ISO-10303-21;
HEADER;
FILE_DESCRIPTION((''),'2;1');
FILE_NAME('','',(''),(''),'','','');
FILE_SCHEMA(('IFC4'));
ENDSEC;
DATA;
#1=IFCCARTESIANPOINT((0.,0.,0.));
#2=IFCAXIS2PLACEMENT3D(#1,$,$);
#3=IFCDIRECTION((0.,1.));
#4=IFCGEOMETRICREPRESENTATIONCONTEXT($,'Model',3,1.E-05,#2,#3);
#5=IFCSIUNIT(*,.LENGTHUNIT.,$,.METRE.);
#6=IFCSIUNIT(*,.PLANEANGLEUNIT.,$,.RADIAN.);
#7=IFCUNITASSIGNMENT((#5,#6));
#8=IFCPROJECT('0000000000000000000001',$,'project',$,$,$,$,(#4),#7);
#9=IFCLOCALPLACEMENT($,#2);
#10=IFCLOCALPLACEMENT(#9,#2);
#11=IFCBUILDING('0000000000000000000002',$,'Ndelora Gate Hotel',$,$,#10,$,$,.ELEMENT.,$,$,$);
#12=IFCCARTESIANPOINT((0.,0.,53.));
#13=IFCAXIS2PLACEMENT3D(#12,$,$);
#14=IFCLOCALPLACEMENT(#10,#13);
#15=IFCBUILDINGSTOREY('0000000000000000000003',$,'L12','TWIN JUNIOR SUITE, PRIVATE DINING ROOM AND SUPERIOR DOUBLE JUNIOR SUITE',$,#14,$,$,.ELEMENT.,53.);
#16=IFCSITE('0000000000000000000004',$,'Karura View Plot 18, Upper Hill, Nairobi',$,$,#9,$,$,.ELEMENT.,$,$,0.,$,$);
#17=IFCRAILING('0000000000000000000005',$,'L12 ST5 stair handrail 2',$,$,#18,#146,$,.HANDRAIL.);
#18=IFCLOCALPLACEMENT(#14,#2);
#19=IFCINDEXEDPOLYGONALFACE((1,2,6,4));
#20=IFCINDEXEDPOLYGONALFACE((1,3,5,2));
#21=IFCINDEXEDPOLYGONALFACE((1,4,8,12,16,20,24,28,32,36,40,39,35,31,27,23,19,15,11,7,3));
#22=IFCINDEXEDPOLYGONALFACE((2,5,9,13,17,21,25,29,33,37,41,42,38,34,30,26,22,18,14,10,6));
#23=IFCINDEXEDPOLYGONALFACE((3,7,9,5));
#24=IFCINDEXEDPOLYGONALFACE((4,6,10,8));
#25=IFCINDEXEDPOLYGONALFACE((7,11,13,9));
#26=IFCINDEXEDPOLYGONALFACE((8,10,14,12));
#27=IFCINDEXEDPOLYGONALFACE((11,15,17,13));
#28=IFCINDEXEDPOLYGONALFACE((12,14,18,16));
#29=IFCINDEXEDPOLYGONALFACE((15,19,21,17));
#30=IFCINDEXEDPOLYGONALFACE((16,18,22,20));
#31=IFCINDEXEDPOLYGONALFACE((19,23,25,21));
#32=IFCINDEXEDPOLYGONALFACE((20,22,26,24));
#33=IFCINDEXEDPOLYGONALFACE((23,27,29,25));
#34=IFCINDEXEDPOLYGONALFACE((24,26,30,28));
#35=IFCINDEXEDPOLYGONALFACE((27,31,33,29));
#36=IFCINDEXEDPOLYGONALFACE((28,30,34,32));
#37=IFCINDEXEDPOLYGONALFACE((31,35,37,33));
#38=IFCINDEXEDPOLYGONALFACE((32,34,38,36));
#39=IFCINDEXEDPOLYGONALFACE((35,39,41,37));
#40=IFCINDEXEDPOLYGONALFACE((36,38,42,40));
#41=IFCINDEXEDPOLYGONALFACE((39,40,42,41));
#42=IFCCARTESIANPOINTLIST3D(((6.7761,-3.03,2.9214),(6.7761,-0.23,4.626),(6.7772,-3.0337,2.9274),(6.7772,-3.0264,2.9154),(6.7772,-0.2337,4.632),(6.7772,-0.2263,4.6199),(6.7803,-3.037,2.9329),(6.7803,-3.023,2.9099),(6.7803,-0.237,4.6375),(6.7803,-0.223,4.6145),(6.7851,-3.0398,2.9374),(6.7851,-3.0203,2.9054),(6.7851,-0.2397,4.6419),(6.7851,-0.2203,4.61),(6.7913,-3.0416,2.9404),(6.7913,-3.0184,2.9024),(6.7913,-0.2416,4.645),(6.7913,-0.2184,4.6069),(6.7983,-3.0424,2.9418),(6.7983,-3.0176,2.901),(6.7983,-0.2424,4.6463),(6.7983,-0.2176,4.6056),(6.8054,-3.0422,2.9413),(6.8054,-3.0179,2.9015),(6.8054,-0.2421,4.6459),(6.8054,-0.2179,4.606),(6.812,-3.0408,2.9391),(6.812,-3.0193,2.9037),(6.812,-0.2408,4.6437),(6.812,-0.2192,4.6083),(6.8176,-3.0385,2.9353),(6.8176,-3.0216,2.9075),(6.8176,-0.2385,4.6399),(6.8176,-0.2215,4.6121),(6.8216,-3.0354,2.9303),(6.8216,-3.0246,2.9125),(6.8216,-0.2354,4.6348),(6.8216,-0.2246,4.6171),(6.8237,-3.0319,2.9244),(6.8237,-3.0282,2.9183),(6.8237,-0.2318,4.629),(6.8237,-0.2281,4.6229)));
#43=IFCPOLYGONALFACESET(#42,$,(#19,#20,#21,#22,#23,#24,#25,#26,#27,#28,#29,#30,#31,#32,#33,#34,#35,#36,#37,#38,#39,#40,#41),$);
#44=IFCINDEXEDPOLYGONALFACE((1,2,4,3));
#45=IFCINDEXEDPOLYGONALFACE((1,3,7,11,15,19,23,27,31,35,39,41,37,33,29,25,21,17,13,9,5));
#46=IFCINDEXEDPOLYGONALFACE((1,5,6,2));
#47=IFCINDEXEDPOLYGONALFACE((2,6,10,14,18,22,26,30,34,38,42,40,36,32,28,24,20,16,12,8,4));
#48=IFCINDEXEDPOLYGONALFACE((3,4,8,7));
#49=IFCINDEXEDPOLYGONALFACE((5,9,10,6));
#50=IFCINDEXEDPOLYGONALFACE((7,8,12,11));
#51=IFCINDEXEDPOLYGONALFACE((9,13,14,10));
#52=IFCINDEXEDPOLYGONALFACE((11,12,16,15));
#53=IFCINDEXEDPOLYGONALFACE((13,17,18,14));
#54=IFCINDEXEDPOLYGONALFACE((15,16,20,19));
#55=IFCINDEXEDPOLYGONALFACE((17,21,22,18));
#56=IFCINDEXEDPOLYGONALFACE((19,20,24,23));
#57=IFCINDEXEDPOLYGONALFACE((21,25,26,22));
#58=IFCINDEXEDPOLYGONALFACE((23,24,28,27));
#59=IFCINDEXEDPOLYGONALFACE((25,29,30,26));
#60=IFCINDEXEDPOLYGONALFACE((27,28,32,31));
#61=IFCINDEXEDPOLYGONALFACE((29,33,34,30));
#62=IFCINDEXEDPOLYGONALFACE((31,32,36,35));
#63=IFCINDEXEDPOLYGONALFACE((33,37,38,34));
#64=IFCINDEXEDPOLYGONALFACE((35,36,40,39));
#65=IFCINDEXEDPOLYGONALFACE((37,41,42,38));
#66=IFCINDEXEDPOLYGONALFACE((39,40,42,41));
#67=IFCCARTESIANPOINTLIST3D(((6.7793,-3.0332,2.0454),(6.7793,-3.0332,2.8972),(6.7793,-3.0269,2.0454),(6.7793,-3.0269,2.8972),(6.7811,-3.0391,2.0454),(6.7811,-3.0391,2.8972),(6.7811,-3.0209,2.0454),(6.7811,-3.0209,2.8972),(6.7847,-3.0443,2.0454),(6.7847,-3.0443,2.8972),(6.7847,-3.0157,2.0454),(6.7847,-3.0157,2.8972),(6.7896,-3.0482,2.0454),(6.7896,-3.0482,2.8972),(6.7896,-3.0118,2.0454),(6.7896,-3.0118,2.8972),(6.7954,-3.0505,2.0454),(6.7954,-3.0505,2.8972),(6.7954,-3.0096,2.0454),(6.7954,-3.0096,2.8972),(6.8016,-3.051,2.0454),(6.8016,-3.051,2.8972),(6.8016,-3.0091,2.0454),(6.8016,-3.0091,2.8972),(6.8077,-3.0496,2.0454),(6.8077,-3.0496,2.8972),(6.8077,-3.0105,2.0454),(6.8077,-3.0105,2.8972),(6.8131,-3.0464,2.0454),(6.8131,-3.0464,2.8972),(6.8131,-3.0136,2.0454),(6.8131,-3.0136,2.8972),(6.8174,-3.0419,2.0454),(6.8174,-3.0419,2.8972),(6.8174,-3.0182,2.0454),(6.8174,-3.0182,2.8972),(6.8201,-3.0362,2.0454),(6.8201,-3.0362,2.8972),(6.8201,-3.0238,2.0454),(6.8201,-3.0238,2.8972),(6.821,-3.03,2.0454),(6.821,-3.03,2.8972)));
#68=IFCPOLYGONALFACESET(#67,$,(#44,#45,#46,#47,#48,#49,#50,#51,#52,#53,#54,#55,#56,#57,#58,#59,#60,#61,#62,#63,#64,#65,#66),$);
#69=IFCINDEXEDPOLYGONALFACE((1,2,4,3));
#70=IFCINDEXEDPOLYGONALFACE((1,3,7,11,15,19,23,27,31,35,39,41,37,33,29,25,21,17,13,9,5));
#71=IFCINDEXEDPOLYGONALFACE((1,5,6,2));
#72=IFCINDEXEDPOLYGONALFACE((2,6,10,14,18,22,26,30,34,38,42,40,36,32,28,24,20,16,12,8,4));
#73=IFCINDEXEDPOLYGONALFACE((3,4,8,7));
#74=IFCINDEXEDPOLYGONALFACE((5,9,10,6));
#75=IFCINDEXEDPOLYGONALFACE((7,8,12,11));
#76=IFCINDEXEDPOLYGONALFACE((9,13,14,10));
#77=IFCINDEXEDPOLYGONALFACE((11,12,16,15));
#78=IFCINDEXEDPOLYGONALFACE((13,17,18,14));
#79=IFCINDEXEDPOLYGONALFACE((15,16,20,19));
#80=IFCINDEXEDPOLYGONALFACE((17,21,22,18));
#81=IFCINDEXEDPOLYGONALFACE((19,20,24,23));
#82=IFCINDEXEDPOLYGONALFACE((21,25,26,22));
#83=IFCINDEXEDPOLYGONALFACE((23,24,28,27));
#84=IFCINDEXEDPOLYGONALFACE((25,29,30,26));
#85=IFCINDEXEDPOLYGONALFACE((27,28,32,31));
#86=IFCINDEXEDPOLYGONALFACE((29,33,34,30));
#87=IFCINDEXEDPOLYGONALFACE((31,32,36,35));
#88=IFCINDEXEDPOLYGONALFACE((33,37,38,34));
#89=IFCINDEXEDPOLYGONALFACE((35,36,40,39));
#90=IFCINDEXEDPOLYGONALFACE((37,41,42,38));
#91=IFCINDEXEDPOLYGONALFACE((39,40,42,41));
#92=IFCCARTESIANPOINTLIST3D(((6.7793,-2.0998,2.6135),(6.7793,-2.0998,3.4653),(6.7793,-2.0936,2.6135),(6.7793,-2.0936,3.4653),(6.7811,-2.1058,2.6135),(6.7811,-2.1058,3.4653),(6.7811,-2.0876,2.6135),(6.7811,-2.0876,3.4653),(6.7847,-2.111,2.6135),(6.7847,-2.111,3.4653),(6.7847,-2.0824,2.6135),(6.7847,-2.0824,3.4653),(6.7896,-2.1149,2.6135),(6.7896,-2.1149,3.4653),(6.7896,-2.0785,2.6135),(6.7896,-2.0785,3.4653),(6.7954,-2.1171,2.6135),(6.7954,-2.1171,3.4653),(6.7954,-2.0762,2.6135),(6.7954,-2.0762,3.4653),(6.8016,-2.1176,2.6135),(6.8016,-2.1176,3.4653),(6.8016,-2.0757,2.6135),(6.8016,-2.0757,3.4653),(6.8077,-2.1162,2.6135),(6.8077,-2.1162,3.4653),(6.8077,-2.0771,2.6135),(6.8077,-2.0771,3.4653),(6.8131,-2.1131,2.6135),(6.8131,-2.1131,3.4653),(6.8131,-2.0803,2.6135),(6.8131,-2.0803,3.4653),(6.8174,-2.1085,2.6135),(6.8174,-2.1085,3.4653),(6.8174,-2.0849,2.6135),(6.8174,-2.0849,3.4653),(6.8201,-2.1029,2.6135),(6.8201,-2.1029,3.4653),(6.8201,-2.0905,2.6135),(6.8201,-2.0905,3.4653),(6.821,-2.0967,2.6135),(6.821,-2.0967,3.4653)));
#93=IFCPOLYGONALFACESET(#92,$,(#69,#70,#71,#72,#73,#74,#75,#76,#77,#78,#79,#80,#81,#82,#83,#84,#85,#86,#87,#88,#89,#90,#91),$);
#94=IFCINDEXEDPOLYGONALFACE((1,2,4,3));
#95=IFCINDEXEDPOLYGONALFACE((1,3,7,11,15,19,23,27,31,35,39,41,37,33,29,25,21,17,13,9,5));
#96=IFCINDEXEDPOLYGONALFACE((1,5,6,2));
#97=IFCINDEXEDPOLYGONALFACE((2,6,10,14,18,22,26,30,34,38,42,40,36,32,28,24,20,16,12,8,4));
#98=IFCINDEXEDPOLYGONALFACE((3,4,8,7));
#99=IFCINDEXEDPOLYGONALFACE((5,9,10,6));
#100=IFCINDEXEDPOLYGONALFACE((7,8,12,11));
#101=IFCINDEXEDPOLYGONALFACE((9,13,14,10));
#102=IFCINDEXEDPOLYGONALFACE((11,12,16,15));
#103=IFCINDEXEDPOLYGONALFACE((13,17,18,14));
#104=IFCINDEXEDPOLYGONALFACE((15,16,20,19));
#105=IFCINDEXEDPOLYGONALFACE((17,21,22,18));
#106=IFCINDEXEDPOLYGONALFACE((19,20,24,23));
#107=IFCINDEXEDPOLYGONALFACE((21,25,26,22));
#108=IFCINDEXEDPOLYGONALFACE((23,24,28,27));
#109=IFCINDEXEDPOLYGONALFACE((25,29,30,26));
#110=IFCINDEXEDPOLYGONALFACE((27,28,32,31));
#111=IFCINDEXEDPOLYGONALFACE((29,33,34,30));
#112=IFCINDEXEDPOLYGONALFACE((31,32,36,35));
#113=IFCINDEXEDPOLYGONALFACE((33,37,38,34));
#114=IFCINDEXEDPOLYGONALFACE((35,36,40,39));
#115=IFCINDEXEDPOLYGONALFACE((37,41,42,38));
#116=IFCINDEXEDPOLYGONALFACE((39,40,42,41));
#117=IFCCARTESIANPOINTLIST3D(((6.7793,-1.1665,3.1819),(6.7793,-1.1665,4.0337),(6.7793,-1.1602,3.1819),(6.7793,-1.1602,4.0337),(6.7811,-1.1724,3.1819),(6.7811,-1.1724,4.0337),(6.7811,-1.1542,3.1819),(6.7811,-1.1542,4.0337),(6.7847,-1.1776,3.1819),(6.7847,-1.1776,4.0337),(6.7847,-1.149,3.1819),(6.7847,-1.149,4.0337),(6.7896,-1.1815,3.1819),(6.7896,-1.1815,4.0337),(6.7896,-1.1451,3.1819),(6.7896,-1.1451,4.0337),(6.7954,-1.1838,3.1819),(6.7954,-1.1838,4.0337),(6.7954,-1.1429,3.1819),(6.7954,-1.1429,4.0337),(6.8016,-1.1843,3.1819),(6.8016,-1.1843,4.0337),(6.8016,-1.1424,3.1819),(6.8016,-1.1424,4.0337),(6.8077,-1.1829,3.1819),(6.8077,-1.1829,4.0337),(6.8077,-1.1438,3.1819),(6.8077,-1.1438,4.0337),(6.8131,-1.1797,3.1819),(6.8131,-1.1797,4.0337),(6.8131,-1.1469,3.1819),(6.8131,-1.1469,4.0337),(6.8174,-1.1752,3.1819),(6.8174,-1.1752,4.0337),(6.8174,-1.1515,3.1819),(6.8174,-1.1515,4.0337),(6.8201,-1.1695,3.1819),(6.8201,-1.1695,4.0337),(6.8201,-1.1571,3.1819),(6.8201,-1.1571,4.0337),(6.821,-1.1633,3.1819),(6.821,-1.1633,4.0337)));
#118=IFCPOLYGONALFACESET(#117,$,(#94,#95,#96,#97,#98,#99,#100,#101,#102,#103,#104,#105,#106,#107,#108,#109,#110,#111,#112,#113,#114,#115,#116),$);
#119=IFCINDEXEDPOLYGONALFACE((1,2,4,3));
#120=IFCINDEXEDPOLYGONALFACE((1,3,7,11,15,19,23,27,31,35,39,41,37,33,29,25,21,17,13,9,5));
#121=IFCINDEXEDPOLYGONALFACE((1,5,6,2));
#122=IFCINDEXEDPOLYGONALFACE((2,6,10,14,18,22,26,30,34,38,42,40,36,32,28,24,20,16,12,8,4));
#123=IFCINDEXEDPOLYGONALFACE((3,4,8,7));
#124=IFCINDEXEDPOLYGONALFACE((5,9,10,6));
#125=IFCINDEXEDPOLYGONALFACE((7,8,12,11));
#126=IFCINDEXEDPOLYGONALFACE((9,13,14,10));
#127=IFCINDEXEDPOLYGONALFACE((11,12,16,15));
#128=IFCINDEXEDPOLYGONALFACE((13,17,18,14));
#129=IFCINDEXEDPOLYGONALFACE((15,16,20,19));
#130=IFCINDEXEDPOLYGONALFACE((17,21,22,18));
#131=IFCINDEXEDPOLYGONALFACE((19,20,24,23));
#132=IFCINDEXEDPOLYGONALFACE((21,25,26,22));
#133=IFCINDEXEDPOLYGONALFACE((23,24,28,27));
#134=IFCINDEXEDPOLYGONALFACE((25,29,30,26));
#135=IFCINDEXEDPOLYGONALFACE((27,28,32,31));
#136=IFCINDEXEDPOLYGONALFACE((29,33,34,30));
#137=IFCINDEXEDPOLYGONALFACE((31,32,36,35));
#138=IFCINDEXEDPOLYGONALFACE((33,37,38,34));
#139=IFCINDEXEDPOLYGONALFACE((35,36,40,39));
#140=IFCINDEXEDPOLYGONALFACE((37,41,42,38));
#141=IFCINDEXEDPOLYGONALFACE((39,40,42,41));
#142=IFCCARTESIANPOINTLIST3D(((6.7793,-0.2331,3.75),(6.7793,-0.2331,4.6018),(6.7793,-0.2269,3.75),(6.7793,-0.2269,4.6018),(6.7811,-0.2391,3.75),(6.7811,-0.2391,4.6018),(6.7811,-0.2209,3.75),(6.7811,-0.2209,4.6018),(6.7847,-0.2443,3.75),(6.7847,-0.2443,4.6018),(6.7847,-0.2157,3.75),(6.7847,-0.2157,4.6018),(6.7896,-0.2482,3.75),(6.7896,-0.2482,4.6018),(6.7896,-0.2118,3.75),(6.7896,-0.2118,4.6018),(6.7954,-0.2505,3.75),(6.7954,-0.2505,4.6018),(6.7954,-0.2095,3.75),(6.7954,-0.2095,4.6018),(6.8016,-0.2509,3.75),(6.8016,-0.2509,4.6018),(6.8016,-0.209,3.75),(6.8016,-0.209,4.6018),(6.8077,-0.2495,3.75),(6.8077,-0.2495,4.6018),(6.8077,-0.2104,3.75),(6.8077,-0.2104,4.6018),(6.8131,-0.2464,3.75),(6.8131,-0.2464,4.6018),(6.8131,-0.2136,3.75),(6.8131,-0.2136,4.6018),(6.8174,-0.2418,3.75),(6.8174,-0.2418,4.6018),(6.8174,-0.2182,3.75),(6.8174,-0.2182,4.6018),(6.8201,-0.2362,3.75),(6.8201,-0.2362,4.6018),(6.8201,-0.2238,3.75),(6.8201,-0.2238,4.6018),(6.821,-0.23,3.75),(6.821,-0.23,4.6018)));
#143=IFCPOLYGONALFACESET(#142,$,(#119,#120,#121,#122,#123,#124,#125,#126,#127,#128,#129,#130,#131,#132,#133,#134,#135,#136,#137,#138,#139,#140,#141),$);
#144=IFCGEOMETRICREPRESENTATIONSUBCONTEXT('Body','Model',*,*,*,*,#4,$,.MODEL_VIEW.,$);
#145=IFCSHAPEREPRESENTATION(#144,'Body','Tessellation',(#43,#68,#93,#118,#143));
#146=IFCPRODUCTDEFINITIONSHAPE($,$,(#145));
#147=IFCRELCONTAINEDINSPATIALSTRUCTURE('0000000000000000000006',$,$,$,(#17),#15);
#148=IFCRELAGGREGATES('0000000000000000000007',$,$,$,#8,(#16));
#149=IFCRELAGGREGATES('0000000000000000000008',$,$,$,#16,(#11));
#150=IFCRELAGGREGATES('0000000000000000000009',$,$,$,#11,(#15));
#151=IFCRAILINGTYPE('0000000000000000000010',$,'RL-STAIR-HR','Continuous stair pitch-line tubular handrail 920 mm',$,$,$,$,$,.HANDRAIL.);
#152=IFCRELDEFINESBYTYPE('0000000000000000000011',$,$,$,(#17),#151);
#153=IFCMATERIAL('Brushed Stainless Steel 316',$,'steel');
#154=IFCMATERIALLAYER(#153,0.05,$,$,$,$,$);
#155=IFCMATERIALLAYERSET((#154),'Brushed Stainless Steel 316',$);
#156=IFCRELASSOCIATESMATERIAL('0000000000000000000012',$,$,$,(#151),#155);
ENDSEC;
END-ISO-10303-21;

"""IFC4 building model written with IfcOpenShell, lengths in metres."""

from ifc_helpers import new_model, si_unit, direction, frame, origin, origin_2d, place, context, subcontext, project, spatial, circle, extrude, material, layer, layer_set, type_object, element, save


model = new_model("IFC4")

# Units and contexts
model_context = context("Model", 3, precision=1e-05, world=origin(), true_north=direction((0.0, 1.0)))
body_context = subcontext(model_context, "Body", "Model", "MODEL_VIEW")
ifc_project = project(units=[si_unit("LENGTHUNIT", "METRE"), si_unit("PLANEANGLEUNIT", "RADIAN")], contexts=[model_context])

# Site, building, storey
site_placement = place(None, origin())
site = spatial("IfcSite", under=ifc_project, at=site_placement, Name="Karura View Plot 18, Upper Hill, Nairobi", CompositionType="ELEMENT", RefElevation=0.0)
building_placement = place(site_placement, origin())
building = spatial("IfcBuilding", under=site, at=building_placement, Name="Ndelora Gate Hotel", CompositionType="ELEMENT")
storey_placement = place(building_placement, frame((0.0, 0.0, 53.0)))
storey = spatial("IfcBuildingStorey", under=building, at=storey_placement, Name="L12", Description="TWIN JUNIOR SUITE, PRIVATE DINING ROOM AND SUPERIOR DOUBLE JUNIOR SUITE", CompositionType="ELEMENT", Elevation=53.0)

# Railing
ifc_material_1 = material(Name="Brushed Stainless Steel 316", Category="steel")
ifc_layer_1 = layer(ifc_material_1, 0.05)
ifc_layer_set_1 = layer_set([ifc_layer_1], Name="Brushed Stainless Steel 316")
railing_type_1 = type_object("IfcRailingType", Name="RL-STAIR-HR", Description="Continuous stair pitch-line tubular handrail 920 mm", PredefinedType="HANDRAIL", material=ifc_layer_set_1)
railing_1_placement = place(storey_placement, frame((6.8, -3.03, 2.0454)))
element("IfcRailing", 1, at=railing_1_placement, inside=storey, type_object=railing_type_1, Name="L12 ST5 stair handrail 2", PredefinedType="HANDRAIL", context=body_context, shape_type="SweptSolid", body=[
    extrude(circle(Radius=0.0239, at=origin_2d()), frame((0.0, 0.0, 0.876), z_axis=(0.0, 0.85417, 0.519994), x_axis=(-1.0, 0.0, 0.0)), (0.0, 0.0, 1.0), 3.2781),
    extrude(circle(Radius=0.021, at=origin_2d()), origin(), (0.0, 0.0, 1.0), 0.8518),
    extrude(circle(Radius=0.021, at=origin_2d()), frame((0.0, 0.9333, 0.5681)), (0.0, 0.0, 1.0), 0.8518),
    extrude(circle(Radius=0.021, at=origin_2d()), frame((0.0, 1.8667, 1.1365)), (0.0, 0.0, 1.0), 0.8518),
    extrude(circle(Radius=0.021, at=origin_2d()), frame((0.0, 2.8, 1.7046)), (0.0, 0.0, 1.0), 0.8518),
])

save(model, "model.ifc")
